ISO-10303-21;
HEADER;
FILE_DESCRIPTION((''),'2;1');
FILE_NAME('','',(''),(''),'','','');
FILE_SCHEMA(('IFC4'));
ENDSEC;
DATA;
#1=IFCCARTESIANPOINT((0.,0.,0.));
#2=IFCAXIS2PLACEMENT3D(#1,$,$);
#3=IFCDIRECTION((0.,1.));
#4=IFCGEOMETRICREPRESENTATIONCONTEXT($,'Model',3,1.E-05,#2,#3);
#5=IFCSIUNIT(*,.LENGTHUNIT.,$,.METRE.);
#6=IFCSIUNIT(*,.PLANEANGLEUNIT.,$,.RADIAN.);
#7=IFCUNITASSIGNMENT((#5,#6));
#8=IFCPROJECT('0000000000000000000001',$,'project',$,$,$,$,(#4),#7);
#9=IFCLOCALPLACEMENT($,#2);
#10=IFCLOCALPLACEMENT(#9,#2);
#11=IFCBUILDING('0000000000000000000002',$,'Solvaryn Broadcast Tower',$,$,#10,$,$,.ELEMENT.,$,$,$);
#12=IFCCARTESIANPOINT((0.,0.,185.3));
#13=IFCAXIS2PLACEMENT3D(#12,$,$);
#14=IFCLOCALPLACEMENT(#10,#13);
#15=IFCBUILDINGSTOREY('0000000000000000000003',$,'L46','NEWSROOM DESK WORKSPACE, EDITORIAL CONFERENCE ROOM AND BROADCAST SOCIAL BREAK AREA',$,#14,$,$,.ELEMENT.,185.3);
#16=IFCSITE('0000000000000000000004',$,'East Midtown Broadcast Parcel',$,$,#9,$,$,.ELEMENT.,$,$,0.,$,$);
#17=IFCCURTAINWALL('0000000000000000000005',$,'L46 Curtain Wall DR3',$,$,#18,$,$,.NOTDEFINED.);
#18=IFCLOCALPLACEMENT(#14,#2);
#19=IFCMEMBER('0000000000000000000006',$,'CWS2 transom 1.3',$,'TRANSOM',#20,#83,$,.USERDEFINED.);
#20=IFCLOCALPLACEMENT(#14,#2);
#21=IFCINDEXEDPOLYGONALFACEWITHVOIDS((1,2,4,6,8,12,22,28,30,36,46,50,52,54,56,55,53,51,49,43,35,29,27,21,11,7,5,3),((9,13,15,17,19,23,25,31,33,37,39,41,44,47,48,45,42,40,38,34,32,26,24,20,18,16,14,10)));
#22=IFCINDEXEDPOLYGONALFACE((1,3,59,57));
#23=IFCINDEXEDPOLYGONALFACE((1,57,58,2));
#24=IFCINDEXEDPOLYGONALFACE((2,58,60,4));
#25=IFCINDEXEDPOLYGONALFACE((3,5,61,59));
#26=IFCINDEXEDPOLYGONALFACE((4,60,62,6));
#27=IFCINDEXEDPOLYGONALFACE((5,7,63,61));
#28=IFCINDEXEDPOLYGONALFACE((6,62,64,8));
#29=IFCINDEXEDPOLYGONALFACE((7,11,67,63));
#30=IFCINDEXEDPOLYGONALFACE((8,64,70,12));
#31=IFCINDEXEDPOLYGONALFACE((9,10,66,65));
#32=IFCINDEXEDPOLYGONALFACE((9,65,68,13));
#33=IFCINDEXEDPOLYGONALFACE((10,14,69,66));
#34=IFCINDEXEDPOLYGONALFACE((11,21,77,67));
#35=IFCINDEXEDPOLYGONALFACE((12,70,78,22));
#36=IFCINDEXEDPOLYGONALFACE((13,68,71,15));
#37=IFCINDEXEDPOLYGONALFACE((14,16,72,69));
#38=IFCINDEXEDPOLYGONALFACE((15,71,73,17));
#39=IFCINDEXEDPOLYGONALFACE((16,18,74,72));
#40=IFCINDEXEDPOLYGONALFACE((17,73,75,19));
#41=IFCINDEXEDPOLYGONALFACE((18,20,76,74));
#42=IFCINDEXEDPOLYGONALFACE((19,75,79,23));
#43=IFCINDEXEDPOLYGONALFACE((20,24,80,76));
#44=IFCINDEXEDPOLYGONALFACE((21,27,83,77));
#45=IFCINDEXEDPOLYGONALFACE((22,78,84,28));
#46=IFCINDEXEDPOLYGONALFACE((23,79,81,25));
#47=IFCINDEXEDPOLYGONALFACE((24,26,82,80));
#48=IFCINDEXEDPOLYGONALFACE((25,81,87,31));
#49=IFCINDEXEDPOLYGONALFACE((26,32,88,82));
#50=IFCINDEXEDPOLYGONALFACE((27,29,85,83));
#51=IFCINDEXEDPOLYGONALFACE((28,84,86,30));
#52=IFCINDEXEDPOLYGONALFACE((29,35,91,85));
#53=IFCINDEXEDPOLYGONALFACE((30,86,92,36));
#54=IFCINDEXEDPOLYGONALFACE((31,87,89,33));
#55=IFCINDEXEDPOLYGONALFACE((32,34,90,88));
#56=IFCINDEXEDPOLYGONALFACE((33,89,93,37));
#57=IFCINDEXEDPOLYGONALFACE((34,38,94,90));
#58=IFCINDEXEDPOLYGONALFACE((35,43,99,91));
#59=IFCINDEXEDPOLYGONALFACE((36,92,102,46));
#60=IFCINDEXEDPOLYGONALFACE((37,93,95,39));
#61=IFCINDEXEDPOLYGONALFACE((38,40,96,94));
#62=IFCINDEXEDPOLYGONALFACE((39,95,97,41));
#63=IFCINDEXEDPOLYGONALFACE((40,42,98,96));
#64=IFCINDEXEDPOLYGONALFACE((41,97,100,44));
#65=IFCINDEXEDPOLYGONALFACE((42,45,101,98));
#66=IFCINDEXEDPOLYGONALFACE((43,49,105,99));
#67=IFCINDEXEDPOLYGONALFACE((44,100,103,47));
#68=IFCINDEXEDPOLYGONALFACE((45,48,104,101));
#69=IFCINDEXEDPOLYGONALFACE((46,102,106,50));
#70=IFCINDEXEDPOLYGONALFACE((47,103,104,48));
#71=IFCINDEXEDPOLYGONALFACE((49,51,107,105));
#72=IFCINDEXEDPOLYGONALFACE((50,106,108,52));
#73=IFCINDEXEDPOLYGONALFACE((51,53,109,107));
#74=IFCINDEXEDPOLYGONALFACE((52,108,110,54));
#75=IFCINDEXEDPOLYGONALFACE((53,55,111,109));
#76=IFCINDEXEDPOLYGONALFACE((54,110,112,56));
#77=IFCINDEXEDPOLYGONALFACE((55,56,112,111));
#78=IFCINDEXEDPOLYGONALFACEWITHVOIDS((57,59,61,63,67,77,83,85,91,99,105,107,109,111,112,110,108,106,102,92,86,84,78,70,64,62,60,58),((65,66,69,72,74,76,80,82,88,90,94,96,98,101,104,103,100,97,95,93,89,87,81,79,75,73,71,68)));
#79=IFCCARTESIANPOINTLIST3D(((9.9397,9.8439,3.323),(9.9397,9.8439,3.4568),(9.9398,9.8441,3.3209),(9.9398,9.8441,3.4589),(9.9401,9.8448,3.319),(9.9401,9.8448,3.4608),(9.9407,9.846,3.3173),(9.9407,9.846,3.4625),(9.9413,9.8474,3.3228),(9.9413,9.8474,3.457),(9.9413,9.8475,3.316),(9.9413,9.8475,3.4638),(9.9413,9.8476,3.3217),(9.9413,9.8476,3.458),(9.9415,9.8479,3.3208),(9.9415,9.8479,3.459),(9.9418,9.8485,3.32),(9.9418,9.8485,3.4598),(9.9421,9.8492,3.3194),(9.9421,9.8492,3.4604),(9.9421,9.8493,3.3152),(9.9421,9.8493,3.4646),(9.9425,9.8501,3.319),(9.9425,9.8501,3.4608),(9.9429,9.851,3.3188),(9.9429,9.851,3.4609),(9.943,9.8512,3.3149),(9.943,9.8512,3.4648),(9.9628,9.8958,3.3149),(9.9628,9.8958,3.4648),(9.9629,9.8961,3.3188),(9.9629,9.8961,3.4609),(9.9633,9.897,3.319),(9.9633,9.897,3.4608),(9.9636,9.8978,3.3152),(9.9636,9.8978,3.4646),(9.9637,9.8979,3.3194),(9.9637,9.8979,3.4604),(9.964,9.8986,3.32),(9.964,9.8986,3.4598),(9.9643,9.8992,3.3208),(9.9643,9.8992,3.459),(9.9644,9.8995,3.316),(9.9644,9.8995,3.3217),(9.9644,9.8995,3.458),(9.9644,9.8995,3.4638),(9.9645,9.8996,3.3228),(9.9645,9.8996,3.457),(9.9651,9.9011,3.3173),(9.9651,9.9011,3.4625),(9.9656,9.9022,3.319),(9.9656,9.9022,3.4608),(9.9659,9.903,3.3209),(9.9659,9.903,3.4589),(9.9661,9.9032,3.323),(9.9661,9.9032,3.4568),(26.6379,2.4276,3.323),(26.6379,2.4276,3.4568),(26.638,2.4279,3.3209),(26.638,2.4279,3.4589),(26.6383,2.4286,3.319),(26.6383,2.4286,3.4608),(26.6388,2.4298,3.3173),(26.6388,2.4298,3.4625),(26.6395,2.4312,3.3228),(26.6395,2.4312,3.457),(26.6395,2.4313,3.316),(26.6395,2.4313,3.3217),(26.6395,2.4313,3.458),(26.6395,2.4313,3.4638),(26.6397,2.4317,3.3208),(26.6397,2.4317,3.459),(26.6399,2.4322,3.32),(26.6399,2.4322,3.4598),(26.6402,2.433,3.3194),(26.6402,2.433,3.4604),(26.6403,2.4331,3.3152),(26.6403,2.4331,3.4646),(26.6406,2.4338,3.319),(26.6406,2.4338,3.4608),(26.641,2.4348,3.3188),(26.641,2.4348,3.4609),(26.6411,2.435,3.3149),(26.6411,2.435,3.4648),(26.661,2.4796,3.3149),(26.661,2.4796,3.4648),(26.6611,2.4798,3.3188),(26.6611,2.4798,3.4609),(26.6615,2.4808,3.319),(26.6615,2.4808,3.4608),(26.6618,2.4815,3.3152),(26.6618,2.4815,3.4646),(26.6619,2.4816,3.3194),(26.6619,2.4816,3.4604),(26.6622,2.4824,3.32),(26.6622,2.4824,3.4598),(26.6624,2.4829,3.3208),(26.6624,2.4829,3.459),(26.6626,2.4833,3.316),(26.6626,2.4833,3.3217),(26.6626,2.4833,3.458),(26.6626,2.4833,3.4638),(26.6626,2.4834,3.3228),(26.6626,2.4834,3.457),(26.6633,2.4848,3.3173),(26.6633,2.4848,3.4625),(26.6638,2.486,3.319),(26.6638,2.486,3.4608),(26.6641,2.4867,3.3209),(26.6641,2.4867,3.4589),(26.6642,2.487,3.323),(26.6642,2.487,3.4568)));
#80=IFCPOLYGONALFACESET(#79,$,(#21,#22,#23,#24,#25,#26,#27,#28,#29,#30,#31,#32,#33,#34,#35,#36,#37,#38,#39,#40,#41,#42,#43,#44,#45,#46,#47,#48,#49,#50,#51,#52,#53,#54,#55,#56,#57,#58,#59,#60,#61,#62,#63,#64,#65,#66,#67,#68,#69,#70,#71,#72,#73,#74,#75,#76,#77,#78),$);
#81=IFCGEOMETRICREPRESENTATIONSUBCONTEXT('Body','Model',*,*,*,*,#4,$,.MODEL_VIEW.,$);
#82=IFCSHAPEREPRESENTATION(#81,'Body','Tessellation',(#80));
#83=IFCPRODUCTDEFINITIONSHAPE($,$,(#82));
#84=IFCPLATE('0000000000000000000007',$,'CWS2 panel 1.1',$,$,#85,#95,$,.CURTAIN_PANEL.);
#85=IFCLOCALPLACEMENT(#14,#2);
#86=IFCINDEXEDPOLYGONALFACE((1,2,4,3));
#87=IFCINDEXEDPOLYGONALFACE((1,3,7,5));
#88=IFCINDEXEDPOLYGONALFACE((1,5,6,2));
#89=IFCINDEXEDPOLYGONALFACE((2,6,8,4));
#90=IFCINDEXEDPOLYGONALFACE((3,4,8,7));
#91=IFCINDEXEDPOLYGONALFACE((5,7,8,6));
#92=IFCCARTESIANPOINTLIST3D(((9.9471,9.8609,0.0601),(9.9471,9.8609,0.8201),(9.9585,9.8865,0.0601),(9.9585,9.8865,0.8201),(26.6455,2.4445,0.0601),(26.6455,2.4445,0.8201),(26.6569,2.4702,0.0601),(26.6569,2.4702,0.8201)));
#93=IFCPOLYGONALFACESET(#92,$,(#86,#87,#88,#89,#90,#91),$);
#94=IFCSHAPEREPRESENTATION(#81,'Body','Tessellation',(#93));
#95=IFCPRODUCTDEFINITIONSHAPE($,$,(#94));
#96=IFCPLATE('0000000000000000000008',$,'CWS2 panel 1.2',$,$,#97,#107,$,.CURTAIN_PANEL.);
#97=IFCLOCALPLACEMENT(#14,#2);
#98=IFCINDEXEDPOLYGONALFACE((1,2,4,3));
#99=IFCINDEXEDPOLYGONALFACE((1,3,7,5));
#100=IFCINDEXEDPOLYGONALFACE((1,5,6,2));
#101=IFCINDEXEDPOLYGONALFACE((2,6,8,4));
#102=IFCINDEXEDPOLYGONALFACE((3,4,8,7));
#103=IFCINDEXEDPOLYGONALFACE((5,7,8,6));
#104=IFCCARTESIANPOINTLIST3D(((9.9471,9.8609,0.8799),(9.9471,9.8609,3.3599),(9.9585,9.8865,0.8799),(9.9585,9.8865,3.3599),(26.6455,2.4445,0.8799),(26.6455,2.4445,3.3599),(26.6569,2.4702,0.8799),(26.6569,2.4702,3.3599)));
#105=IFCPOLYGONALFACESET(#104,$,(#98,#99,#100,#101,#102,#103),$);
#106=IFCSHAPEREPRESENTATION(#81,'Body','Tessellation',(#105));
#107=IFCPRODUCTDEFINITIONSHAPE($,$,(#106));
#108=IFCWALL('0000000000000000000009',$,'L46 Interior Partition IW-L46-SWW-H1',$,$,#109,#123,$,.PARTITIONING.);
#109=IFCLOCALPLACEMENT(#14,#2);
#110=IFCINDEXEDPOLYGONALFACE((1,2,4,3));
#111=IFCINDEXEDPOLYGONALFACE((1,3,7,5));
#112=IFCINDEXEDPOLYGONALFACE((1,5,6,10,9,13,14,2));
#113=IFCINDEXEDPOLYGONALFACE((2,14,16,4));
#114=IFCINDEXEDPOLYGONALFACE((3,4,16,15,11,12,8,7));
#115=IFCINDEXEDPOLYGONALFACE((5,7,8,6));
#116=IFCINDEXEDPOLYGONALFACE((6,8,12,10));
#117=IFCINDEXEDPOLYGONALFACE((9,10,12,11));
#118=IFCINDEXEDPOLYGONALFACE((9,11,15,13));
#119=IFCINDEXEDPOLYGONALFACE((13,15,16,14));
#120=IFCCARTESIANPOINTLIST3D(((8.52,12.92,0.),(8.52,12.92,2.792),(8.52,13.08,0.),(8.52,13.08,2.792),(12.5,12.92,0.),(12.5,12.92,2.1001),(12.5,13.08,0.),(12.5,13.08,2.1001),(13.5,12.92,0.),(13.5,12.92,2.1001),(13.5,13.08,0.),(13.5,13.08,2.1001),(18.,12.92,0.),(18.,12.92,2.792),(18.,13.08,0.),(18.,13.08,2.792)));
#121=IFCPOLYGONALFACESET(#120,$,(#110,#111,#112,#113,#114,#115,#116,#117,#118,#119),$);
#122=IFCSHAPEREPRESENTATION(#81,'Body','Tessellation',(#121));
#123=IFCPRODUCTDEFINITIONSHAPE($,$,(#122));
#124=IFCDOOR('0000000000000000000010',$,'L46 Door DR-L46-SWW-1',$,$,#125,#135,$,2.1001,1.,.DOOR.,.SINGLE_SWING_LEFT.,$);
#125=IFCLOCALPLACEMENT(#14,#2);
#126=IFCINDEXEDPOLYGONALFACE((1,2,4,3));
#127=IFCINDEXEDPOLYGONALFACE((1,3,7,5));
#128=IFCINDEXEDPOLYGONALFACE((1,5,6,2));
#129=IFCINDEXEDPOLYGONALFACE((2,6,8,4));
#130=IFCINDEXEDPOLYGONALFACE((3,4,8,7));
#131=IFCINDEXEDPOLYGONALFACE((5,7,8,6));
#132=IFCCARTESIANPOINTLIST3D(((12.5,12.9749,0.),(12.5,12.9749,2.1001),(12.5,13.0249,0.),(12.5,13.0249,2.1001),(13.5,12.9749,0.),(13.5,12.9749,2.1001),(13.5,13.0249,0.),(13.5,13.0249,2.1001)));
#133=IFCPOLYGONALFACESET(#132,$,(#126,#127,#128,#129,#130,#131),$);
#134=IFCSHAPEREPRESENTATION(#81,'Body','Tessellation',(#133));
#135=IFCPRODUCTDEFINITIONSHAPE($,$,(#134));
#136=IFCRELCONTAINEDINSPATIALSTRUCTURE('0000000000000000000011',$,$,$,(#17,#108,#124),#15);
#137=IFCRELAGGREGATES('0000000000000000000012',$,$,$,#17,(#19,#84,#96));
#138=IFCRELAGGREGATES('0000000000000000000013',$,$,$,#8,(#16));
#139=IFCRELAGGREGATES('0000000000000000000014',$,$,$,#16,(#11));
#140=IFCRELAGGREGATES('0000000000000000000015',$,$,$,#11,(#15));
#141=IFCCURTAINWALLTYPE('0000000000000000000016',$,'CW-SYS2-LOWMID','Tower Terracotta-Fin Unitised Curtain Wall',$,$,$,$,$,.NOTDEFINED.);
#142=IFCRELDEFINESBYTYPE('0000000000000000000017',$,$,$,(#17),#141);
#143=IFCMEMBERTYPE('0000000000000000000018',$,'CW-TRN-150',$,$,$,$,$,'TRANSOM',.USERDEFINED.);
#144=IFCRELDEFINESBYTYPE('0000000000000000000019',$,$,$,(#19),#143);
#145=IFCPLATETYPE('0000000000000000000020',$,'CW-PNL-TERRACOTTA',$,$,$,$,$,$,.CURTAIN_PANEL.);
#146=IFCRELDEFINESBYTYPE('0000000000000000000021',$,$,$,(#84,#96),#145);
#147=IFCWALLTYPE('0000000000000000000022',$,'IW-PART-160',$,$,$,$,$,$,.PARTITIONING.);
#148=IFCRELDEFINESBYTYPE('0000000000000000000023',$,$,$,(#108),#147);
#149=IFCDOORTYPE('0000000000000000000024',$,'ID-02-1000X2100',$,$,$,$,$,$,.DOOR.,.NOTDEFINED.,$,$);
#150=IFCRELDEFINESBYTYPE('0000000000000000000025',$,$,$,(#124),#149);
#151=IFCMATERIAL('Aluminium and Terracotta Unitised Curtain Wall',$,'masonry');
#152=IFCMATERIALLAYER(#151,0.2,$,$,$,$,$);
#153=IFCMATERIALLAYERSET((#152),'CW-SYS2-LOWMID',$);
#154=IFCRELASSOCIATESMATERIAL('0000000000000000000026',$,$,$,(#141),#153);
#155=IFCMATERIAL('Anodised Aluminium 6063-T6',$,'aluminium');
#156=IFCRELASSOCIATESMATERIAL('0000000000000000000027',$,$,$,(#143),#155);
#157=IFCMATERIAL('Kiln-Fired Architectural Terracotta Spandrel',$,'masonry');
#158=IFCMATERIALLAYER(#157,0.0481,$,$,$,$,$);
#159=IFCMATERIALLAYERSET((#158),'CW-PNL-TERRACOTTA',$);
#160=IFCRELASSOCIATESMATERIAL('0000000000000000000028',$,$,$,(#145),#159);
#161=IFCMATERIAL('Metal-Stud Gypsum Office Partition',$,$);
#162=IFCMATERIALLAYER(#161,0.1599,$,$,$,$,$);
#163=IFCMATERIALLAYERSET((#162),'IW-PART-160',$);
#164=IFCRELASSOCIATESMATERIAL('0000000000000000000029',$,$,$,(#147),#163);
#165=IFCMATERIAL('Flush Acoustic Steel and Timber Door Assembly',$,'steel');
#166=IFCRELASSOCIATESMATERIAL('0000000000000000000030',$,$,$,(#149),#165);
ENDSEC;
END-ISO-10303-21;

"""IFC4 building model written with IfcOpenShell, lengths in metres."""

from ifc_helpers import new_model, si_unit, direction, frame, frame_2d, origin, origin_2d, place, context, subcontext, project, spatial, rectangle, hollow_rectangle, extrude, material, layer, layer_set, material_profile, profile_set, type_object, element, fill, aggregate, save


model = new_model("IFC4")

# Units and contexts
model_context = context("Model", 3, precision=1e-05, world=origin(), true_north=direction((0.0, 1.0)))
body_context = subcontext(model_context, "Body", "Model", "MODEL_VIEW")
ifc_project = project(units=[si_unit("LENGTHUNIT", "METRE"), si_unit("PLANEANGLEUNIT", "RADIAN")], contexts=[model_context])

# Site, building, storey
site_placement = place(None, origin())
site = spatial("IfcSite", under=ifc_project, at=site_placement, Name="East Midtown Broadcast Parcel", CompositionType="ELEMENT", RefElevation=0.0)
building_placement = place(site_placement, origin())
building = spatial("IfcBuilding", under=site, at=building_placement, Name="Solvaryn Broadcast Tower", CompositionType="ELEMENT")
storey_placement = place(building_placement, frame((0.0, 0.0, 185.3)))
storey = spatial("IfcBuildingStorey", under=building, at=storey_placement, Name="L46", Description="NEWSROOM DESK WORKSPACE, EDITORIAL CONFERENCE ROOM AND BROADCAST SOCIAL BREAK AREA", CompositionType="ELEMENT", Elevation=185.3)

# Curtain wall, member, plates
ifc_material_1 = material(Name="Aluminium and Terracotta Unitised Curtain Wall", Category="masonry")
ifc_layer_1 = layer(ifc_material_1, 0.2)
ifc_layer_set_1 = layer_set([ifc_layer_1], Name="CW-SYS2-LOWMID")
curtain_wall_type_1 = type_object("IfcCurtainWallType", Name="CW-SYS2-LOWMID", Description="Tower Terracotta-Fin Unitised Curtain Wall", PredefinedType="NOTDEFINED", material=ifc_layer_set_1)
curtain_wall_1_placement = place(storey_placement, origin())
curtain_wall_1 = element("IfcCurtainWall", 1, at=curtain_wall_1_placement, inside=storey, type_object=curtain_wall_type_1, Name="L46 Curtain Wall DR3", PredefinedType="NOTDEFINED")
ifc_material_2 = material(Name="Anodised Aluminium 6063-T6", Category="aluminium")
ifc_material_profile_1 = material_profile(ifc_material_2, hollow_rectangle(XDim=0.0649, YDim=0.1499, WallThickness=0.0039, InnerFilletRadius=0.0039, OuterFilletRadius=0.0081, at=origin_2d()))
ifc_profile_set_1 = profile_set([ifc_material_profile_1], Name="Anodised Aluminium 6063-T6")
member_type_1 = type_object("IfcMemberType", Name="CW-TRN-150", ElementType="TRANSOM", PredefinedType="USERDEFINED", material=ifc_profile_set_1)
member_1_placement = place(storey_placement, frame((9.9529, 9.8735, 3.3899), z_axis=(0.913917, -0.405902, 0.0), x_axis=(0.405902, 0.913917, 0.0)))
member_1 = element("IfcMember", 2, at=member_1_placement, type_object=member_type_1, Name="CWS2 transom 1.3", ObjectType="TRANSOM", PredefinedType="USERDEFINED", context=body_context, shape_type="SweptSolid", body=[
    extrude(hollow_rectangle(XDim=0.0649, YDim=0.1499, WallThickness=0.0039, InnerFilletRadius=0.0039, OuterFilletRadius=0.0081, at=origin_2d()), origin(), (0.0, 0.0, 1.0), 18.271),
])
ifc_material_3 = material(Name="Kiln-Fired Architectural Terracotta Spandrel", Category="masonry")
ifc_layer_2 = layer(ifc_material_3, 0.0481)
ifc_layer_set_2 = layer_set([ifc_layer_2], Name="CW-PNL-TERRACOTTA")
plate_type = type_object("IfcPlateType", Name="CW-PNL-TERRACOTTA", PredefinedType="CURTAIN_PANEL", material=ifc_layer_set_2)
plate_1_placement = place(storey_placement, frame((18.302, 6.1655, 0.0601), z_axis=(0.0, 0.0, 1.0), x_axis=(0.913917, -0.405901, 0.0)))
plate_1 = element("IfcPlate", 3, at=plate_1_placement, type_object=plate_type, Name="CWS2 panel 1.1", PredefinedType="CURTAIN_PANEL", context=body_context, shape_type="SweptSolid", body=[
    extrude(rectangle(XDim=18.2712, YDim=0.0281, at=origin_2d()), origin(), (0.0, 0.0, 1.0), 0.76),
])
plate_2_placement = place(storey_placement, frame((18.302, 6.1655, 0.8799), z_axis=(0.0, 0.0, 1.0), x_axis=(0.913917, -0.405901, 0.0)))
plate_2 = element("IfcPlate", 4, at=plate_2_placement, type_object=plate_type, Name="CWS2 panel 1.2", PredefinedType="CURTAIN_PANEL", context=body_context, shape_type="SweptSolid", body=[
    extrude(rectangle(XDim=18.2712, YDim=0.0281, at=origin_2d()), origin(), (0.0, 0.0, 1.0), 2.48),
])
aggregate(curtain_wall_1, [member_1, plate_1, plate_2])

# Wall, opening, door
ifc_material_4 = material(Name="Metal-Stud Gypsum Office Partition")
ifc_layer_3 = layer(ifc_material_4, 0.1599)
ifc_layer_set_3 = layer_set([ifc_layer_3], Name="IW-PART-160")
wall_type_1 = type_object("IfcWallType", Name="IW-PART-160", PredefinedType="PARTITIONING", material=ifc_layer_set_3)
wall_1_placement = place(storey_placement, frame((8.52, 13.0, 0.0), z_axis=(0.0, 0.0, 1.0), x_axis=(1.0, 0.0, 0.0)))
wall_1 = element("IfcWall", 5, at=wall_1_placement, inside=storey, type_object=wall_type_1, Name="L46 Interior Partition IW-L46-SWW-H1", PredefinedType="PARTITIONING", context=body_context, shape_type="SweptSolid", body=[
    extrude(rectangle(XDim=9.48, YDim=0.1599, at=frame_2d((4.74, 0.0))), origin(), (0.0, 0.0, 1.0), 2.792),
])
opening_1_placement = place(wall_1_placement, frame((3.98, 0.0, 0.0)))
opening_1 = element("IfcOpeningElement", 6, at=opening_1_placement, cuts=wall_1, PredefinedType="OPENING", context=body_context, shape_type="SweptSolid", body=[
    extrude(rectangle(XDim=1.0, YDim=2.1001, at=frame_2d((0.5, 1.05))), frame((0.0, 0.0901, 0.0), z_axis=(0.0, -1.0, 0.0), x_axis=(1.0, 0.0, 0.0)), (0.0, 0.0, 1.0), 0.1799),
])
ifc_material_5 = material(Name="Flush Acoustic Steel and Timber Door Assembly", Category="steel")
door_type_1 = type_object("IfcDoorType", Name="ID-02-1000X2100", OperationType="NOTDEFINED", PredefinedType="DOOR", material=ifc_material_5)
door_1_placement = place(opening_1_placement, origin())
door_1 = element("IfcDoor", 7, at=door_1_placement, inside=storey, type_object=door_type_1, Name="L46 Door DR-L46-SWW-1", OperationType="SINGLE_SWING_LEFT", OverallHeight=2.1001, OverallWidth=1.0, PredefinedType="DOOR", context=body_context, shape_type="SweptSolid", body=[
    extrude(rectangle(XDim=1.0, YDim=2.1001, at=frame_2d((0.5, 1.05))), frame((0.0, 0.0249, 0.0), z_axis=(0.0, -1.0, 0.0), x_axis=(1.0, 0.0, 0.0)), (0.0, 0.0, 1.0), 0.05),
])
fill(opening_1, door_1)

save(model, "model.ifc")
